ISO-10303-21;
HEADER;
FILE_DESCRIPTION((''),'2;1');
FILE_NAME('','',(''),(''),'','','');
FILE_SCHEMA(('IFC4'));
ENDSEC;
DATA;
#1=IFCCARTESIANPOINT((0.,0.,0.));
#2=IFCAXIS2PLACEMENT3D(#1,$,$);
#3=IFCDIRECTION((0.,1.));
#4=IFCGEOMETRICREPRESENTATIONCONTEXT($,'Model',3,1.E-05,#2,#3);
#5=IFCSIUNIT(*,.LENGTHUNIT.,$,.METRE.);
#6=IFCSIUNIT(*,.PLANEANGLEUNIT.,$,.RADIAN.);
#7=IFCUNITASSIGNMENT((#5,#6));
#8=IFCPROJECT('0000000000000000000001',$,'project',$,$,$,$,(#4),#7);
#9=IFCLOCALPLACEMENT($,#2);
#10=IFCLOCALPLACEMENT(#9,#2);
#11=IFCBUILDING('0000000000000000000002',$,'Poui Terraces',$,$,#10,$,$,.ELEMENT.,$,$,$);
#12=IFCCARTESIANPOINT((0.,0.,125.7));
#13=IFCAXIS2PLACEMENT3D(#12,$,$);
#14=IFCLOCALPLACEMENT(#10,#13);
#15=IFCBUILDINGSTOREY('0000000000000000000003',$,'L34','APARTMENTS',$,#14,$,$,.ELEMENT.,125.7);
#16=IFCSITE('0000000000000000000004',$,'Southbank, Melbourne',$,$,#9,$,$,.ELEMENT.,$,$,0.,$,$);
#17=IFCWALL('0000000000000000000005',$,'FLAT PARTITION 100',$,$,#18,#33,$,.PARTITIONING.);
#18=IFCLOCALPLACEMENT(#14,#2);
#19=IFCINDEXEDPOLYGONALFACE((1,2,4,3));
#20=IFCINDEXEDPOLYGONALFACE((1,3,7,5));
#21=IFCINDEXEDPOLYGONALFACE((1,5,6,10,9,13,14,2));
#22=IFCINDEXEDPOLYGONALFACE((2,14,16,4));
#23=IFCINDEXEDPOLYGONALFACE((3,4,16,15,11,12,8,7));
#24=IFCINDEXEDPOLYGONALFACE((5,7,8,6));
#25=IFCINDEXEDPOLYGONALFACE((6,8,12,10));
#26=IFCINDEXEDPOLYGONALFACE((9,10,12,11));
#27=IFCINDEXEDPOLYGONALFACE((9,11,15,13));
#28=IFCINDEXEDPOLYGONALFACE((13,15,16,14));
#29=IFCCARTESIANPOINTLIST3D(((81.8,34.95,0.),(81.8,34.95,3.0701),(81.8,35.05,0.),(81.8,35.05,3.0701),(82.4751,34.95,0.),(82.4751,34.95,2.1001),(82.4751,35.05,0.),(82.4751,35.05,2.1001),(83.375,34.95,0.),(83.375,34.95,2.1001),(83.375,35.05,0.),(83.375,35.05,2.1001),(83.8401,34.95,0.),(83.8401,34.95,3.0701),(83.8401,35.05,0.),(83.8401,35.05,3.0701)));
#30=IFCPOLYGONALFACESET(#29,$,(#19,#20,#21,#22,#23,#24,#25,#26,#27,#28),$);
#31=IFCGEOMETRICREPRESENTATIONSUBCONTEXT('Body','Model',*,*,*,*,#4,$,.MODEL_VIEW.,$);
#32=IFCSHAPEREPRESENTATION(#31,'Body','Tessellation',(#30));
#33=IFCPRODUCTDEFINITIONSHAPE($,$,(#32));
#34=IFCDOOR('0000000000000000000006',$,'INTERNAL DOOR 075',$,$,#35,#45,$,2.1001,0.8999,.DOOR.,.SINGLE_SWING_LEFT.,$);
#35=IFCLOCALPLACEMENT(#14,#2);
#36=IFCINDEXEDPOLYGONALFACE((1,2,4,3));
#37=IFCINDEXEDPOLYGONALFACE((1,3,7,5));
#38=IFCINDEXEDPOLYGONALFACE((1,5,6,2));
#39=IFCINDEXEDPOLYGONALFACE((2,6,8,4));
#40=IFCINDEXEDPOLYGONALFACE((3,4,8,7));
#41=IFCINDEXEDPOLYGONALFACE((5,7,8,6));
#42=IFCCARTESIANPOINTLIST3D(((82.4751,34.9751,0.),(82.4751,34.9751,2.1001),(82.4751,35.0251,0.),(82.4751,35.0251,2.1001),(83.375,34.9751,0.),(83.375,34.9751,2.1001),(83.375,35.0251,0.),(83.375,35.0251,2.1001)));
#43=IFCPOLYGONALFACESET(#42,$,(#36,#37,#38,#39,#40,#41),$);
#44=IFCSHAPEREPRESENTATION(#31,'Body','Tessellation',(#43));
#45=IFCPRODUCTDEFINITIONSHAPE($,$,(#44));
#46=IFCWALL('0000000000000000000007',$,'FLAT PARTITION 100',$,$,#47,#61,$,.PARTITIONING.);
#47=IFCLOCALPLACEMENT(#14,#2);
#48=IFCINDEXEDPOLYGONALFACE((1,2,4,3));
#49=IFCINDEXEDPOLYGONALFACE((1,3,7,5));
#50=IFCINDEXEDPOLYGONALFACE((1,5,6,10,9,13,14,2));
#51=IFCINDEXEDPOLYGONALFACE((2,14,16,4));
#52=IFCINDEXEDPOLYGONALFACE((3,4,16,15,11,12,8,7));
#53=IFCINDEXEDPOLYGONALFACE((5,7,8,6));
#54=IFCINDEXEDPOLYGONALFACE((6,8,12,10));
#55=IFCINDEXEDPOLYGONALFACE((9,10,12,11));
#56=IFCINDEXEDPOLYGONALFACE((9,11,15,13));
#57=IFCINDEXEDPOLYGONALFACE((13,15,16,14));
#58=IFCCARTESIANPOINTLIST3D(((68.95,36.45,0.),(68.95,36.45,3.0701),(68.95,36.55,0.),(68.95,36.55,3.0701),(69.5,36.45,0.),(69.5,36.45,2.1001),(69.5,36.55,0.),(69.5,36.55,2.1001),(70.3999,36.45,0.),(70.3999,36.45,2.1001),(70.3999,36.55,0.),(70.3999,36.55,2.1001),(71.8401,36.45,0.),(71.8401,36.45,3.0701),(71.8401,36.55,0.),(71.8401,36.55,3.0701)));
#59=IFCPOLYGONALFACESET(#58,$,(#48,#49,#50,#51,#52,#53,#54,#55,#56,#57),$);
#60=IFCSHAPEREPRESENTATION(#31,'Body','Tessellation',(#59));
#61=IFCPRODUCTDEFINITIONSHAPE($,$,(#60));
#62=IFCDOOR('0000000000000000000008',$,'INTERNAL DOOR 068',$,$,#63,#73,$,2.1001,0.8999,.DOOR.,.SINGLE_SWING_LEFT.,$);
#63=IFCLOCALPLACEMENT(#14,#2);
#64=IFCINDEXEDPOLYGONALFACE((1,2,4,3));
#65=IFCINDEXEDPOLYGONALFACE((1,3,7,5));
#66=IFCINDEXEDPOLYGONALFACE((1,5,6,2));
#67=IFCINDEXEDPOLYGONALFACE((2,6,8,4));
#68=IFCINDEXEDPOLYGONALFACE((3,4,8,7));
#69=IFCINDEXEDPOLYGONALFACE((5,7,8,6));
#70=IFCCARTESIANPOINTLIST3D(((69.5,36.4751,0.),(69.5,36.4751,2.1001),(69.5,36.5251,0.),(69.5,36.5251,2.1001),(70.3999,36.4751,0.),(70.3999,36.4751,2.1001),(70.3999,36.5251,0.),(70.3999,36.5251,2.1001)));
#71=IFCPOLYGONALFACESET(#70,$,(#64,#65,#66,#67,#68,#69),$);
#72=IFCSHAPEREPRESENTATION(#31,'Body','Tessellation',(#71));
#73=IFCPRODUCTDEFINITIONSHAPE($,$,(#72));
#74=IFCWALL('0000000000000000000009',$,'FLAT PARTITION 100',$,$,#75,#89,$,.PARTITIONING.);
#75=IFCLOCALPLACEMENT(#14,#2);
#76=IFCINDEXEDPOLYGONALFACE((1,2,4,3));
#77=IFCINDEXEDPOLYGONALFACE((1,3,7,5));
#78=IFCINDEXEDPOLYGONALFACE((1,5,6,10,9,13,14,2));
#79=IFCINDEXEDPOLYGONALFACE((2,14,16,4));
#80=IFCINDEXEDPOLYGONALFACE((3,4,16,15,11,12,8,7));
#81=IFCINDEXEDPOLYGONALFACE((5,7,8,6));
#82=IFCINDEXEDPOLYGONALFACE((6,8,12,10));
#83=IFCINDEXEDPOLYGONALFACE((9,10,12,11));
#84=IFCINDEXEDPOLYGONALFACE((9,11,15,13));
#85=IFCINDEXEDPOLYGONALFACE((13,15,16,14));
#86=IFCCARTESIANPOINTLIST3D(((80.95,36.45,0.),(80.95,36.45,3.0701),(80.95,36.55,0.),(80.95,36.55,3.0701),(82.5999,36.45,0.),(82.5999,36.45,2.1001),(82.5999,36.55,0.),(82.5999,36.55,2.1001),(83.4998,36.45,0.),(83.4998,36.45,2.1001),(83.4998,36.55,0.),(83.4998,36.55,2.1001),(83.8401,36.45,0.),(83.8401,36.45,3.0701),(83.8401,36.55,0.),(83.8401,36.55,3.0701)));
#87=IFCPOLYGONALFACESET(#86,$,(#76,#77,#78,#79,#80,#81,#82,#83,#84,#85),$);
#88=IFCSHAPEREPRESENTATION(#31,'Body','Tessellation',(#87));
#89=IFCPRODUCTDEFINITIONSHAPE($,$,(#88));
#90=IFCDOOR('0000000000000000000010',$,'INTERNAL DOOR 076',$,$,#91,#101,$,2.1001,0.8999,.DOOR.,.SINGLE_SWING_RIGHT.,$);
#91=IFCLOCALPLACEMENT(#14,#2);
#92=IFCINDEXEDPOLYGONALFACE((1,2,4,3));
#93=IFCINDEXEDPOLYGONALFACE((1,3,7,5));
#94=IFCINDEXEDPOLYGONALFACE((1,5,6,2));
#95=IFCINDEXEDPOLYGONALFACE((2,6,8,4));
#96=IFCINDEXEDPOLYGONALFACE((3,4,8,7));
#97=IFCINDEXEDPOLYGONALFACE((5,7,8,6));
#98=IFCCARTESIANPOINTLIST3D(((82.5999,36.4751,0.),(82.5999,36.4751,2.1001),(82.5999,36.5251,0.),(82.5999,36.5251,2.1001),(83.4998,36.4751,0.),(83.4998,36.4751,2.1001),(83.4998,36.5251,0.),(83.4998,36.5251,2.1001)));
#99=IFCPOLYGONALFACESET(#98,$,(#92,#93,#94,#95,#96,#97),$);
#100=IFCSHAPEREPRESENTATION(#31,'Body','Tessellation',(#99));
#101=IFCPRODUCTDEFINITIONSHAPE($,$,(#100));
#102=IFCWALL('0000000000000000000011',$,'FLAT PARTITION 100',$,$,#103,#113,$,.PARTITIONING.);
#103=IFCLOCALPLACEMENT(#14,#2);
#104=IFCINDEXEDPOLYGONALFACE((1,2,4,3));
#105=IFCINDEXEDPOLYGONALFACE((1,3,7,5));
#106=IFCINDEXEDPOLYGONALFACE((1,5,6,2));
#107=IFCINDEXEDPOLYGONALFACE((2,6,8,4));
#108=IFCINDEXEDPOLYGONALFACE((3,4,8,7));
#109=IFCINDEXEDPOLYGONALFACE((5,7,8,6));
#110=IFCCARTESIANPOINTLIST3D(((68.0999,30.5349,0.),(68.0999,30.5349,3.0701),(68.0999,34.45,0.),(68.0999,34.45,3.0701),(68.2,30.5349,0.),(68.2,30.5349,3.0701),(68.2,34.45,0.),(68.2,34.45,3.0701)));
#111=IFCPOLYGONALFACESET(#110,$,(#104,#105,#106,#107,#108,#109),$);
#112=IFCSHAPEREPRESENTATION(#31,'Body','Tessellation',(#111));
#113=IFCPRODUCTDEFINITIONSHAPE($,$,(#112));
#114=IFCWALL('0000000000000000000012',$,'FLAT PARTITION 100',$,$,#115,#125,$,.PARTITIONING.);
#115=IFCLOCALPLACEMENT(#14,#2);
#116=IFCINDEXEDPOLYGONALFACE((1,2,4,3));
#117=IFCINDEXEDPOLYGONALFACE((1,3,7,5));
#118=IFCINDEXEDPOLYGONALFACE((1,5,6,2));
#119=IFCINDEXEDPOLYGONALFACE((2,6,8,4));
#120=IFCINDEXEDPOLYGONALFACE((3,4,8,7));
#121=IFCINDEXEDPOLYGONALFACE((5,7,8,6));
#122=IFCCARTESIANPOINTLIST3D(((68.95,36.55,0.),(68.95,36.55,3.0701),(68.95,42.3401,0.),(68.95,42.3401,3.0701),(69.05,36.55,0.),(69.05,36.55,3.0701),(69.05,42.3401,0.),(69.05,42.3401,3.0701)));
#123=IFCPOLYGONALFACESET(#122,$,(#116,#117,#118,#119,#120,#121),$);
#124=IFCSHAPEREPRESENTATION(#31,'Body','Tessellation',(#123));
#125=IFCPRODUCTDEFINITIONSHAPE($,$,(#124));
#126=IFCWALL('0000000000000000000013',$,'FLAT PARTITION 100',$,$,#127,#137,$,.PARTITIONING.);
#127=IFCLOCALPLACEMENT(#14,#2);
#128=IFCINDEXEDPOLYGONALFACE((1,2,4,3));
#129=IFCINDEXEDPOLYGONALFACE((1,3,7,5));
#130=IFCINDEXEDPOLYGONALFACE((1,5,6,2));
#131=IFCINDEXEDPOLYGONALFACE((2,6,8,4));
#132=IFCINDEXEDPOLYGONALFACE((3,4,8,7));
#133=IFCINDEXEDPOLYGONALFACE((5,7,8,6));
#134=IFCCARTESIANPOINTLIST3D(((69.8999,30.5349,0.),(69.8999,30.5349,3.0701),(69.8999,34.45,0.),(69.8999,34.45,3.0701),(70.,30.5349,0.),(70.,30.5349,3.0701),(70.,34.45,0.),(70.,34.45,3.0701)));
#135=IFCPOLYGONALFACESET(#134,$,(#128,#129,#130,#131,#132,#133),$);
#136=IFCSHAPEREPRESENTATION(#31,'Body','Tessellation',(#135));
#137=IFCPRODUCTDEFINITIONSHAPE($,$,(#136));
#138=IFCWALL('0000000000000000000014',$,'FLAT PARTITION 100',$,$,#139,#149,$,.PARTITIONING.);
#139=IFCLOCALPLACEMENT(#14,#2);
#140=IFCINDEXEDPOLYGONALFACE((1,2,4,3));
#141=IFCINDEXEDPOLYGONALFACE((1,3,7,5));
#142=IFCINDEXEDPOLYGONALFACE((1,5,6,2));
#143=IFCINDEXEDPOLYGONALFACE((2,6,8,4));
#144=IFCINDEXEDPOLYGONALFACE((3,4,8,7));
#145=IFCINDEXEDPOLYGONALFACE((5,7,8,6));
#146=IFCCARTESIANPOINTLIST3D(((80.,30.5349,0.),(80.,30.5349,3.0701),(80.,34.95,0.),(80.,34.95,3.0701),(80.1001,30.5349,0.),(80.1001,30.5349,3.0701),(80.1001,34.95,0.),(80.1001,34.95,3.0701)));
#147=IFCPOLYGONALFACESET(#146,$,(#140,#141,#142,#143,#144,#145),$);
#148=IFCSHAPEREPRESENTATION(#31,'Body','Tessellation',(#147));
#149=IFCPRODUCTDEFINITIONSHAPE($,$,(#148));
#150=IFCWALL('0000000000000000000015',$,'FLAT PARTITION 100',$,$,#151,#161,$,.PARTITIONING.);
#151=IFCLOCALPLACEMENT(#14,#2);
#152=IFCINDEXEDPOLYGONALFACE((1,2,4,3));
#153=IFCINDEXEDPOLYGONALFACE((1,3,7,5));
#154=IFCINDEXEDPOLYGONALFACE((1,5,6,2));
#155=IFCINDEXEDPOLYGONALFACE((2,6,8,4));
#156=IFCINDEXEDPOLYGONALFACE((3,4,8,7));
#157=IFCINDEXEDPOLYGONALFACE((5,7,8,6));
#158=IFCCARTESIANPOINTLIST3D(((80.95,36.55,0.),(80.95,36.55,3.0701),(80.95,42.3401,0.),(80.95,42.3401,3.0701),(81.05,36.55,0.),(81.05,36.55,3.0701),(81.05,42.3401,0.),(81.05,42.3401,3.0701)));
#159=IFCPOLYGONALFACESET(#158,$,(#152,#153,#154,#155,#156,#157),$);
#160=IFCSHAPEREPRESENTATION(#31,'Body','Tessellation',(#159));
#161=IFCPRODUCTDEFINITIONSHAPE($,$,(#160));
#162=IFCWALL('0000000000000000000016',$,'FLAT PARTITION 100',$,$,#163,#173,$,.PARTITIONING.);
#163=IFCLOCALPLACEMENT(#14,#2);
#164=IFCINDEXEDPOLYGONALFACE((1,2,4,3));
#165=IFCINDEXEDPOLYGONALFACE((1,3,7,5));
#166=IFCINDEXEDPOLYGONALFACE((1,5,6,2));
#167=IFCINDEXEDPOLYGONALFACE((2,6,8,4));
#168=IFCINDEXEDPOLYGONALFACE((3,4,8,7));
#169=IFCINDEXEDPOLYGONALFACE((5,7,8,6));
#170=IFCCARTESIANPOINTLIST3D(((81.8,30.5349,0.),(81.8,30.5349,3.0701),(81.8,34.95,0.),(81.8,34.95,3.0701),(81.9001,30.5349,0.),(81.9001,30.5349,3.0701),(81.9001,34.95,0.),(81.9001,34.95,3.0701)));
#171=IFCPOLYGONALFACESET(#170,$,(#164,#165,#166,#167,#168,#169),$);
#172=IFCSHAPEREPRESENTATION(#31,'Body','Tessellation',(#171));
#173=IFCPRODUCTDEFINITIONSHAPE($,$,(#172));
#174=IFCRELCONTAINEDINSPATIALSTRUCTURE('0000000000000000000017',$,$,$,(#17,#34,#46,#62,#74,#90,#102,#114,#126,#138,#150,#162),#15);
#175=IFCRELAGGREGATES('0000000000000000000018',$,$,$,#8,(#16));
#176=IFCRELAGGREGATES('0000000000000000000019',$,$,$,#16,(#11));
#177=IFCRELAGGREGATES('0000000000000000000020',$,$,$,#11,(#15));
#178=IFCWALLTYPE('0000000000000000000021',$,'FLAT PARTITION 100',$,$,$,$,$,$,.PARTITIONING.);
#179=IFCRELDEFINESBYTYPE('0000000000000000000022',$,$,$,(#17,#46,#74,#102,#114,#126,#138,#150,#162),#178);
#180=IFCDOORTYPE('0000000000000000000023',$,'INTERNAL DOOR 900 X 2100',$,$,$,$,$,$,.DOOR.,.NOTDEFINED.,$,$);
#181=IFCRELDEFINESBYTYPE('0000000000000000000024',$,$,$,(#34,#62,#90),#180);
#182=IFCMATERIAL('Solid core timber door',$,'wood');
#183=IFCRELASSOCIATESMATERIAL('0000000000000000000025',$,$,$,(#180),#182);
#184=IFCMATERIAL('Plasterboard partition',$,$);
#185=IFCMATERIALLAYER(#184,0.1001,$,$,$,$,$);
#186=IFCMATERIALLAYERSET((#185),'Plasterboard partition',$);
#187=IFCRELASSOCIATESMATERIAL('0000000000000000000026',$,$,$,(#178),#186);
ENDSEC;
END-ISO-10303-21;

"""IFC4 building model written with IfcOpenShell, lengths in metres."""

from ifc_helpers import new_model, si_unit, direction, frame, frame_2d, origin, place, context, subcontext, project, spatial, rectangle, extrude, material, layer, layer_set, type_object, element, fill, save


model = new_model("IFC4")

# Units and contexts
model_context = context("Model", 3, precision=1e-05, world=origin(), true_north=direction((0.0, 1.0)))
body_context = subcontext(model_context, "Body", "Model", "MODEL_VIEW")
ifc_project = project(units=[si_unit("LENGTHUNIT", "METRE"), si_unit("PLANEANGLEUNIT", "RADIAN")], contexts=[model_context])

# Site, building, storey
site_placement = place(None, origin())
site = spatial("IfcSite", under=ifc_project, at=site_placement, Name="Southbank, Melbourne", CompositionType="ELEMENT", RefElevation=0.0)
building_placement = place(site_placement, origin())
building = spatial("IfcBuilding", under=site, at=building_placement, Name="Poui Terraces", CompositionType="ELEMENT")
storey_placement = place(building_placement, frame((0.0, 0.0, 125.7)))
storey = spatial("IfcBuildingStorey", under=building, at=storey_placement, Name="L34", Description="APARTMENTS", CompositionType="ELEMENT", Elevation=125.7)

# Shared definitions
ifc_material_1 = material(Name="Solid core timber door", Category="wood")
door_type_1 = type_object("IfcDoorType", Name="INTERNAL DOOR 900 X 2100", OperationType="NOTDEFINED", PredefinedType="DOOR", material=ifc_material_1)

# Walls, openings, doors
ifc_material_2 = material(Name="Plasterboard partition")
ifc_layer_1 = layer(ifc_material_2, 0.1001)
ifc_layer_set_1 = layer_set([ifc_layer_1], Name="Plasterboard partition")
wall_type_1 = type_object("IfcWallType", Name="FLAT PARTITION 100", PredefinedType="PARTITIONING", material=ifc_layer_set_1)
wall_1_placement = place(storey_placement, frame((81.8, 35.0, 0.0), z_axis=(0.0, 0.0, 1.0), x_axis=(1.0, 0.0, 0.0)))
wall_1 = element("IfcWall", 1, at=wall_1_placement, inside=storey, type_object=wall_type_1, Name="FLAT PARTITION 100", PredefinedType="PARTITIONING", context=body_context, shape_type="SweptSolid", body=[
    extrude(rectangle(XDim=2.04, YDim=0.1001, at=frame_2d((1.02, 0.0))), origin(), (0.0, 0.0, 1.0), 3.0701),
])
opening_1_placement = place(wall_1_placement, frame((0.675, 0.0, 0.0)))
opening_1 = element("IfcOpeningElement", 2, at=opening_1_placement, cuts=wall_1, PredefinedType="OPENING", context=body_context, shape_type="SweptSolid", body=[
    extrude(rectangle(XDim=0.8999, YDim=2.1001, at=frame_2d((0.45, 1.05))), frame((0.0, 0.0601, 0.0), z_axis=(0.0, -1.0, 0.0), x_axis=(1.0, 0.0, 0.0)), (0.0, 0.0, 1.0), 0.1201),
])
door_1_placement = place(opening_1_placement, frame((0.8999, 0.0, 0.0), z_axis=(0.0, 0.0, 1.0), x_axis=(-1.0, 0.0, 0.0)))
door_1 = element("IfcDoor", 3, at=door_1_placement, inside=storey, type_object=door_type_1, Name="INTERNAL DOOR 075", OperationType="SINGLE_SWING_LEFT", OverallHeight=2.1001, OverallWidth=0.8999, PredefinedType="DOOR", context=body_context, shape_type="SweptSolid", body=[
    extrude(rectangle(XDim=0.8999, YDim=2.1001, at=frame_2d((0.45, 1.05))), frame((0.0, 0.0249, 0.0), z_axis=(0.0, -1.0, 0.0), x_axis=(1.0, 0.0, 0.0)), (0.0, 0.0, 1.0), 0.05),
])
fill(opening_1, door_1)
wall_2_placement = place(storey_placement, frame((68.95, 36.5, 0.0), z_axis=(0.0, 0.0, 1.0), x_axis=(1.0, 0.0, 0.0)))
wall_2 = element("IfcWall", 4, at=wall_2_placement, inside=storey, type_object=wall_type_1, Name="FLAT PARTITION 100", PredefinedType="PARTITIONING", context=body_context, shape_type="SweptSolid", body=[
    extrude(rectangle(XDim=2.8901, YDim=0.1001, at=frame_2d((1.4451, 0.0))), origin(), (0.0, 0.0, 1.0), 3.0701),
])
opening_2_placement = place(wall_2_placement, frame((0.55, 0.0, 0.0)))
opening_2 = element("IfcOpeningElement", 5, at=opening_2_placement, cuts=wall_2, PredefinedType="OPENING", context=body_context, shape_type="SweptSolid", body=[
    extrude(rectangle(XDim=0.8999, YDim=2.1001, at=frame_2d((0.45, 1.05))), frame((0.0, 0.0601, 0.0), z_axis=(0.0, -1.0, 0.0), x_axis=(1.0, 0.0, 0.0)), (0.0, 0.0, 1.0), 0.1201),
])
door_2_placement = place(opening_2_placement, frame((0.8999, 0.0, 0.0), z_axis=(0.0, 0.0, 1.0), x_axis=(-1.0, 0.0, 0.0)))
door_2 = element("IfcDoor", 6, at=door_2_placement, inside=storey, type_object=door_type_1, Name="INTERNAL DOOR 068", OperationType="SINGLE_SWING_LEFT", OverallHeight=2.1001, OverallWidth=0.8999, PredefinedType="DOOR", context=body_context, shape_type="SweptSolid", body=[
    extrude(rectangle(XDim=0.8999, YDim=2.1001, at=frame_2d((0.45, 1.05))), frame((0.0, 0.0249, 0.0), z_axis=(0.0, -1.0, 0.0), x_axis=(1.0, 0.0, 0.0)), (0.0, 0.0, 1.0), 0.05),
])
fill(opening_2, door_2)
wall_3_placement = place(storey_placement, frame((80.95, 36.5, 0.0), z_axis=(0.0, 0.0, 1.0), x_axis=(1.0, 0.0, 0.0)))
wall_3 = element("IfcWall", 7, at=wall_3_placement, inside=storey, type_object=wall_type_1, Name="FLAT PARTITION 100", PredefinedType="PARTITIONING", context=body_context, shape_type="SweptSolid", body=[
    extrude(rectangle(XDim=2.8901, YDim=0.1001, at=frame_2d((1.4451, 0.0))), origin(), (0.0, 0.0, 1.0), 3.0701),
])
opening_3_placement = place(wall_3_placement, frame((1.6499, 0.0, 0.0)))
opening_3 = element("IfcOpeningElement", 8, at=opening_3_placement, cuts=wall_3, PredefinedType="OPENING", context=body_context, shape_type="SweptSolid", body=[
    extrude(rectangle(XDim=0.8999, YDim=2.1001, at=frame_2d((0.45, 1.05))), frame((0.0, 0.0601, 0.0), z_axis=(0.0, -1.0, 0.0), x_axis=(1.0, 0.0, 0.0)), (0.0, 0.0, 1.0), 0.1201),
])
door_3_placement = place(opening_3_placement, frame((0.8999, 0.0, 0.0), z_axis=(0.0, 0.0, 1.0), x_axis=(-1.0, 0.0, 0.0)))
door_3 = element("IfcDoor", 9, at=door_3_placement, inside=storey, type_object=door_type_1, Name="INTERNAL DOOR 076", OperationType="SINGLE_SWING_RIGHT", OverallHeight=2.1001, OverallWidth=0.8999, PredefinedType="DOOR", context=body_context, shape_type="SweptSolid", body=[
    extrude(rectangle(XDim=0.8999, YDim=2.1001, at=frame_2d((0.45, 1.05))), frame((0.0, 0.0249, 0.0), z_axis=(0.0, -1.0, 0.0), x_axis=(1.0, 0.0, 0.0)), (0.0, 0.0, 1.0), 0.05),
])
fill(opening_3, door_3)

# Walls
wall_4_placement = place(storey_placement, frame((68.1499, 30.5349, 0.0), z_axis=(0.0, 0.0, 1.0), x_axis=(0.0, 1.0, 0.0)))
element("IfcWall", 10, at=wall_4_placement, inside=storey, type_object=wall_type_1, Name="FLAT PARTITION 100", PredefinedType="PARTITIONING", context=body_context, shape_type="SweptSolid", body=[
    extrude(rectangle(XDim=3.915, YDim=0.1001, at=frame_2d((1.9575, 0.0))), origin(), (0.0, 0.0, 1.0), 3.0701),
])
wall_5_placement = place(storey_placement, frame((69.0, 36.55, 0.0), z_axis=(0.0, 0.0, 1.0), x_axis=(0.0, 1.0, 0.0)))
element("IfcWall", 11, at=wall_5_placement, inside=storey, type_object=wall_type_1, Name="FLAT PARTITION 100", PredefinedType="PARTITIONING", context=body_context, shape_type="SweptSolid", body=[
    extrude(rectangle(XDim=5.79, YDim=0.1001, at=frame_2d((2.895, 0.0))), origin(), (0.0, 0.0, 1.0), 3.0701),
])
wall_6_placement = place(storey_placement, frame((69.95, 30.5349, 0.0), z_axis=(0.0, 0.0, 1.0), x_axis=(0.0, 1.0, 0.0)))
element("IfcWall", 12, at=wall_6_placement, inside=storey, type_object=wall_type_1, Name="FLAT PARTITION 100", PredefinedType="PARTITIONING", context=body_context, shape_type="SweptSolid", body=[
    extrude(rectangle(XDim=3.915, YDim=0.1001, at=frame_2d((1.9575, 0.0))), origin(), (0.0, 0.0, 1.0), 3.0701),
])
wall_7_placement = place(storey_placement, frame((80.05, 30.5349, 0.0), z_axis=(0.0, 0.0, 1.0), x_axis=(0.0, 1.0, 0.0)))
element("IfcWall", 13, at=wall_7_placement, inside=storey, type_object=wall_type_1, Name="FLAT PARTITION 100", PredefinedType="PARTITIONING", context=body_context, shape_type="SweptSolid", body=[
    extrude(rectangle(XDim=4.415, YDim=0.1001, at=frame_2d((2.2075, 0.0))), origin(), (0.0, 0.0, 1.0), 3.0701),
])
wall_8_placement = place(storey_placement, frame((81.0, 36.55, 0.0), z_axis=(0.0, 0.0, 1.0), x_axis=(0.0, 1.0, 0.0)))
element("IfcWall", 14, at=wall_8_placement, inside=storey, type_object=wall_type_1, Name="FLAT PARTITION 100", PredefinedType="PARTITIONING", context=body_context, shape_type="SweptSolid", body=[
    extrude(rectangle(XDim=5.79, YDim=0.1001, at=frame_2d((2.895, 0.0))), origin(), (0.0, 0.0, 1.0), 3.0701),
])
wall_9_placement = place(storey_placement, frame((81.8501, 30.5349, 0.0), z_axis=(0.0, 0.0, 1.0), x_axis=(0.0, 1.0, 0.0)))
element("IfcWall", 15, at=wall_9_placement, inside=storey, type_object=wall_type_1, Name="FLAT PARTITION 100", PredefinedType="PARTITIONING", context=body_context, shape_type="SweptSolid", body=[
    extrude(rectangle(XDim=4.415, YDim=0.1001, at=frame_2d((2.2075, 0.0))), origin(), (0.0, 0.0, 1.0), 3.0701),
])

save(model, "model.ifc")
